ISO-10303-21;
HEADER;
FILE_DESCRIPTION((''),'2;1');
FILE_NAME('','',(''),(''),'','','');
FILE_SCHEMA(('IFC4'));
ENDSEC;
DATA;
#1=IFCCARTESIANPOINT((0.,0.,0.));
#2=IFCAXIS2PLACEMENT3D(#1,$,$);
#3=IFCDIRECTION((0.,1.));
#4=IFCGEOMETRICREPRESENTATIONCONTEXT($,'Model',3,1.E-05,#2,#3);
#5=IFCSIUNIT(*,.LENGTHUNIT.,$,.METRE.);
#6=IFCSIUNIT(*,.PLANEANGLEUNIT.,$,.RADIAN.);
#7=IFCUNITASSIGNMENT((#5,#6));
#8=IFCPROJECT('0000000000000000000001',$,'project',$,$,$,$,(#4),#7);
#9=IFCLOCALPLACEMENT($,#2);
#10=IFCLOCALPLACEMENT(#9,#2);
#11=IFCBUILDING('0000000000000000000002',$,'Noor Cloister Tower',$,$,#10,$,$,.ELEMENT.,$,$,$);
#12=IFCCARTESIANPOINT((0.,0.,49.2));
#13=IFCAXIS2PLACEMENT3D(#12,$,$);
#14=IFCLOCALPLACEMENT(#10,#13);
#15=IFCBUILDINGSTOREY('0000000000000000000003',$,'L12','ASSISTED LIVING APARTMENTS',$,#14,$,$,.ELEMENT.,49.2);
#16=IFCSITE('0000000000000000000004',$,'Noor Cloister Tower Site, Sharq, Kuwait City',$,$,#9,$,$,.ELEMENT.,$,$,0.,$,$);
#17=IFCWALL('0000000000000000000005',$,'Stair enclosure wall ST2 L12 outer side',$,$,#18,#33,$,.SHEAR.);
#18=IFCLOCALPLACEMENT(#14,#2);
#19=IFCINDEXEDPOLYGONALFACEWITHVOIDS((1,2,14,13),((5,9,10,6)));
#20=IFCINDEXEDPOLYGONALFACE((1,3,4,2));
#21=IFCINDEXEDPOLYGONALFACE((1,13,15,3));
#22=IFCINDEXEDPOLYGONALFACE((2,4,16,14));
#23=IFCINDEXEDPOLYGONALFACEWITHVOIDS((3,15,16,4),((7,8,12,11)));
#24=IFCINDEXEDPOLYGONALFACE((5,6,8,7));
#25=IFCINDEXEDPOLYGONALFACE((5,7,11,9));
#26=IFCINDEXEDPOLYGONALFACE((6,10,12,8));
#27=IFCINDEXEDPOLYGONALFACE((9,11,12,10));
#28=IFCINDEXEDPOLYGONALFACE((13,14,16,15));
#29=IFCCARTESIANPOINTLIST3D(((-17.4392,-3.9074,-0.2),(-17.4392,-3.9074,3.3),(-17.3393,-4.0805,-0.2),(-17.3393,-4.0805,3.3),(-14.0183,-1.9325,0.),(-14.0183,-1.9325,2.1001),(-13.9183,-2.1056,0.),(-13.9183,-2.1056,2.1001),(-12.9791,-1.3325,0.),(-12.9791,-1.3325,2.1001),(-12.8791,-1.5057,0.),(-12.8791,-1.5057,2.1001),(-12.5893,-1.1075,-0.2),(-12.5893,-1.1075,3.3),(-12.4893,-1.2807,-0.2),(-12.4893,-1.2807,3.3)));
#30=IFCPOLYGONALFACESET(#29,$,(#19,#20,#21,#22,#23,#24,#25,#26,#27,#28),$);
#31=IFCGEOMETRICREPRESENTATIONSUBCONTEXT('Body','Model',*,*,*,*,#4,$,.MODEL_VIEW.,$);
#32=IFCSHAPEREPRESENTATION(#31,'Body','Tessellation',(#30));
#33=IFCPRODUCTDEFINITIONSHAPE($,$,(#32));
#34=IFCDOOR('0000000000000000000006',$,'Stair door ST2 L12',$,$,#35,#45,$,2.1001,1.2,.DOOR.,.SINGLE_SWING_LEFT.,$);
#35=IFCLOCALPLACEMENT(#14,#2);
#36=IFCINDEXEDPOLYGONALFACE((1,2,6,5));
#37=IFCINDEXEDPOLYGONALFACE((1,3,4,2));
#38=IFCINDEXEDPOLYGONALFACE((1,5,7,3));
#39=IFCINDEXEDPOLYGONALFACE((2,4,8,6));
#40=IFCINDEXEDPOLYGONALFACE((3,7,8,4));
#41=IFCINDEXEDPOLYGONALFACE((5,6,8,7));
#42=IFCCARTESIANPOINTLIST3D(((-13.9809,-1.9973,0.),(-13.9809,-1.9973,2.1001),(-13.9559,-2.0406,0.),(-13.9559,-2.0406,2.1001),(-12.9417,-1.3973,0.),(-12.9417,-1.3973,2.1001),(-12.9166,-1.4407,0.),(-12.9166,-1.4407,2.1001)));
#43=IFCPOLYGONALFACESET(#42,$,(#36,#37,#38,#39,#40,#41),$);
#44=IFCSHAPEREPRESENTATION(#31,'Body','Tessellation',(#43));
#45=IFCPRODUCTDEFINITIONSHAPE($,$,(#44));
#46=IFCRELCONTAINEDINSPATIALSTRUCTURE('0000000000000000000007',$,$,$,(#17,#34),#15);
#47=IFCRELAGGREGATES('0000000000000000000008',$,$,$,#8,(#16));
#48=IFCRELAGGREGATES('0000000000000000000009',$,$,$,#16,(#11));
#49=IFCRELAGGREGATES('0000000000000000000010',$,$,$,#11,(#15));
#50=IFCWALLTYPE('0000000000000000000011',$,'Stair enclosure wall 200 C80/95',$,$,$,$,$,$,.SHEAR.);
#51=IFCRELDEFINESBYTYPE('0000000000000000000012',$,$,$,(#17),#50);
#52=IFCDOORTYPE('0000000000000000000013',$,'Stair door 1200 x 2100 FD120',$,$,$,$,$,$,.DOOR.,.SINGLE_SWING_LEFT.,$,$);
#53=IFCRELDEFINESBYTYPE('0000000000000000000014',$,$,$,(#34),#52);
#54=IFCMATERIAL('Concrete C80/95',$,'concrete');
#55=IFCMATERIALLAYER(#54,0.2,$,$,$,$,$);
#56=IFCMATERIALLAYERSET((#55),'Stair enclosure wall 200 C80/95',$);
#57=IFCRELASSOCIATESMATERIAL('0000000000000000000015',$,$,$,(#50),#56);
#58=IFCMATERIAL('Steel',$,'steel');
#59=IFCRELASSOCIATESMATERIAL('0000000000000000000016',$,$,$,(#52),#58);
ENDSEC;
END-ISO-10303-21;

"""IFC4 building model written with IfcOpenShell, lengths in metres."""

from ifc_helpers import new_model, si_unit, direction, frame, frame_2d, origin, place, context, subcontext, project, spatial, rectangle, extrude, material, layer, layer_set, type_object, element, fill, save


model = new_model("IFC4")

# Units and contexts
model_context = context("Model", 3, precision=1e-05, world=origin(), true_north=direction((0.0, 1.0)))
body_context = subcontext(model_context, "Body", "Model", "MODEL_VIEW")
ifc_project = project(units=[si_unit("LENGTHUNIT", "METRE"), si_unit("PLANEANGLEUNIT", "RADIAN")], contexts=[model_context])

# Site, building, storey
site_placement = place(None, origin())
site = spatial("IfcSite", under=ifc_project, at=site_placement, Name="Noor Cloister Tower Site, Sharq, Kuwait City", CompositionType="ELEMENT", RefElevation=0.0)
building_placement = place(site_placement, origin())
building = spatial("IfcBuilding", under=site, at=building_placement, Name="Noor Cloister Tower", CompositionType="ELEMENT")
storey_placement = place(building_placement, frame((0.0, 0.0, 49.2)))
storey = spatial("IfcBuildingStorey", under=building, at=storey_placement, Name="L12", Description="ASSISTED LIVING APARTMENTS", CompositionType="ELEMENT", Elevation=49.2)

# Wall, opening, door
ifc_material_1 = material(Name="Concrete C80/95", Category="concrete")
ifc_layer_1 = layer(ifc_material_1, 0.2)
ifc_layer_set_1 = layer_set([ifc_layer_1], Name="Stair enclosure wall 200 C80/95")
wall_type_1 = type_object("IfcWallType", Name="Stair enclosure wall 200 C80/95", PredefinedType="SHEAR", material=ifc_layer_set_1)
ifc_material_2 = material(Name="Steel", Category="steel")
door_type_1 = type_object("IfcDoorType", Name="Stair door 1200 x 2100 FD120", OperationType="SINGLE_SWING_LEFT", PredefinedType="DOOR", material=ifc_material_2)
wall_1_placement = place(storey_placement, frame((-12.5393, -1.1941, -0.2), z_axis=(0.0, 0.0, 1.0), x_axis=(-0.866045, -0.499965, 0.0)))
wall_1 = element("IfcWall", 1, at=wall_1_placement, inside=storey, type_object=wall_type_1, Name="Stair enclosure wall ST2 L12 outer side", PredefinedType="SHEAR", context=body_context, shape_type="SweptSolid", body=[
    extrude(rectangle(XDim=5.6001, YDim=0.2, at=frame_2d((2.8, 0.0))), origin(), (0.0, 0.0, 1.0), 3.5),
])
opening_1_placement = place(wall_1_placement, frame((0.45, 0.0, 0.2)))
opening_1 = element("IfcOpeningElement", 2, at=opening_1_placement, cuts=wall_1, PredefinedType="OPENING", context=body_context, shape_type="SweptSolid", body=[
    extrude(rectangle(XDim=1.2, YDim=2.1001, at=frame_2d((0.6001, 1.05))), frame((0.0, 0.1099, 0.0), z_axis=(0.0, -1.0, 0.0), x_axis=(1.0, 0.0, 0.0)), (0.0, 0.0, 1.0), 0.22),
])
door_1_placement = place(opening_1_placement, origin())
door_1 = element("IfcDoor", 3, at=door_1_placement, inside=storey, type_object=door_type_1, Name="Stair door ST2 L12", OperationType="SINGLE_SWING_LEFT", OverallHeight=2.1001, OverallWidth=1.2, PredefinedType="DOOR", context=body_context, shape_type="SweptSolid", body=[
    extrude(rectangle(XDim=1.2, YDim=2.1001, at=frame_2d((0.6001, 1.05))), frame((0.0, 0.0249, 0.0), z_axis=(0.0, -1.0, 0.0), x_axis=(1.0, 0.0, 0.0)), (0.0, 0.0, 1.0), 0.05),
])
fill(opening_1, door_1)

save(model, "model.ifc")
